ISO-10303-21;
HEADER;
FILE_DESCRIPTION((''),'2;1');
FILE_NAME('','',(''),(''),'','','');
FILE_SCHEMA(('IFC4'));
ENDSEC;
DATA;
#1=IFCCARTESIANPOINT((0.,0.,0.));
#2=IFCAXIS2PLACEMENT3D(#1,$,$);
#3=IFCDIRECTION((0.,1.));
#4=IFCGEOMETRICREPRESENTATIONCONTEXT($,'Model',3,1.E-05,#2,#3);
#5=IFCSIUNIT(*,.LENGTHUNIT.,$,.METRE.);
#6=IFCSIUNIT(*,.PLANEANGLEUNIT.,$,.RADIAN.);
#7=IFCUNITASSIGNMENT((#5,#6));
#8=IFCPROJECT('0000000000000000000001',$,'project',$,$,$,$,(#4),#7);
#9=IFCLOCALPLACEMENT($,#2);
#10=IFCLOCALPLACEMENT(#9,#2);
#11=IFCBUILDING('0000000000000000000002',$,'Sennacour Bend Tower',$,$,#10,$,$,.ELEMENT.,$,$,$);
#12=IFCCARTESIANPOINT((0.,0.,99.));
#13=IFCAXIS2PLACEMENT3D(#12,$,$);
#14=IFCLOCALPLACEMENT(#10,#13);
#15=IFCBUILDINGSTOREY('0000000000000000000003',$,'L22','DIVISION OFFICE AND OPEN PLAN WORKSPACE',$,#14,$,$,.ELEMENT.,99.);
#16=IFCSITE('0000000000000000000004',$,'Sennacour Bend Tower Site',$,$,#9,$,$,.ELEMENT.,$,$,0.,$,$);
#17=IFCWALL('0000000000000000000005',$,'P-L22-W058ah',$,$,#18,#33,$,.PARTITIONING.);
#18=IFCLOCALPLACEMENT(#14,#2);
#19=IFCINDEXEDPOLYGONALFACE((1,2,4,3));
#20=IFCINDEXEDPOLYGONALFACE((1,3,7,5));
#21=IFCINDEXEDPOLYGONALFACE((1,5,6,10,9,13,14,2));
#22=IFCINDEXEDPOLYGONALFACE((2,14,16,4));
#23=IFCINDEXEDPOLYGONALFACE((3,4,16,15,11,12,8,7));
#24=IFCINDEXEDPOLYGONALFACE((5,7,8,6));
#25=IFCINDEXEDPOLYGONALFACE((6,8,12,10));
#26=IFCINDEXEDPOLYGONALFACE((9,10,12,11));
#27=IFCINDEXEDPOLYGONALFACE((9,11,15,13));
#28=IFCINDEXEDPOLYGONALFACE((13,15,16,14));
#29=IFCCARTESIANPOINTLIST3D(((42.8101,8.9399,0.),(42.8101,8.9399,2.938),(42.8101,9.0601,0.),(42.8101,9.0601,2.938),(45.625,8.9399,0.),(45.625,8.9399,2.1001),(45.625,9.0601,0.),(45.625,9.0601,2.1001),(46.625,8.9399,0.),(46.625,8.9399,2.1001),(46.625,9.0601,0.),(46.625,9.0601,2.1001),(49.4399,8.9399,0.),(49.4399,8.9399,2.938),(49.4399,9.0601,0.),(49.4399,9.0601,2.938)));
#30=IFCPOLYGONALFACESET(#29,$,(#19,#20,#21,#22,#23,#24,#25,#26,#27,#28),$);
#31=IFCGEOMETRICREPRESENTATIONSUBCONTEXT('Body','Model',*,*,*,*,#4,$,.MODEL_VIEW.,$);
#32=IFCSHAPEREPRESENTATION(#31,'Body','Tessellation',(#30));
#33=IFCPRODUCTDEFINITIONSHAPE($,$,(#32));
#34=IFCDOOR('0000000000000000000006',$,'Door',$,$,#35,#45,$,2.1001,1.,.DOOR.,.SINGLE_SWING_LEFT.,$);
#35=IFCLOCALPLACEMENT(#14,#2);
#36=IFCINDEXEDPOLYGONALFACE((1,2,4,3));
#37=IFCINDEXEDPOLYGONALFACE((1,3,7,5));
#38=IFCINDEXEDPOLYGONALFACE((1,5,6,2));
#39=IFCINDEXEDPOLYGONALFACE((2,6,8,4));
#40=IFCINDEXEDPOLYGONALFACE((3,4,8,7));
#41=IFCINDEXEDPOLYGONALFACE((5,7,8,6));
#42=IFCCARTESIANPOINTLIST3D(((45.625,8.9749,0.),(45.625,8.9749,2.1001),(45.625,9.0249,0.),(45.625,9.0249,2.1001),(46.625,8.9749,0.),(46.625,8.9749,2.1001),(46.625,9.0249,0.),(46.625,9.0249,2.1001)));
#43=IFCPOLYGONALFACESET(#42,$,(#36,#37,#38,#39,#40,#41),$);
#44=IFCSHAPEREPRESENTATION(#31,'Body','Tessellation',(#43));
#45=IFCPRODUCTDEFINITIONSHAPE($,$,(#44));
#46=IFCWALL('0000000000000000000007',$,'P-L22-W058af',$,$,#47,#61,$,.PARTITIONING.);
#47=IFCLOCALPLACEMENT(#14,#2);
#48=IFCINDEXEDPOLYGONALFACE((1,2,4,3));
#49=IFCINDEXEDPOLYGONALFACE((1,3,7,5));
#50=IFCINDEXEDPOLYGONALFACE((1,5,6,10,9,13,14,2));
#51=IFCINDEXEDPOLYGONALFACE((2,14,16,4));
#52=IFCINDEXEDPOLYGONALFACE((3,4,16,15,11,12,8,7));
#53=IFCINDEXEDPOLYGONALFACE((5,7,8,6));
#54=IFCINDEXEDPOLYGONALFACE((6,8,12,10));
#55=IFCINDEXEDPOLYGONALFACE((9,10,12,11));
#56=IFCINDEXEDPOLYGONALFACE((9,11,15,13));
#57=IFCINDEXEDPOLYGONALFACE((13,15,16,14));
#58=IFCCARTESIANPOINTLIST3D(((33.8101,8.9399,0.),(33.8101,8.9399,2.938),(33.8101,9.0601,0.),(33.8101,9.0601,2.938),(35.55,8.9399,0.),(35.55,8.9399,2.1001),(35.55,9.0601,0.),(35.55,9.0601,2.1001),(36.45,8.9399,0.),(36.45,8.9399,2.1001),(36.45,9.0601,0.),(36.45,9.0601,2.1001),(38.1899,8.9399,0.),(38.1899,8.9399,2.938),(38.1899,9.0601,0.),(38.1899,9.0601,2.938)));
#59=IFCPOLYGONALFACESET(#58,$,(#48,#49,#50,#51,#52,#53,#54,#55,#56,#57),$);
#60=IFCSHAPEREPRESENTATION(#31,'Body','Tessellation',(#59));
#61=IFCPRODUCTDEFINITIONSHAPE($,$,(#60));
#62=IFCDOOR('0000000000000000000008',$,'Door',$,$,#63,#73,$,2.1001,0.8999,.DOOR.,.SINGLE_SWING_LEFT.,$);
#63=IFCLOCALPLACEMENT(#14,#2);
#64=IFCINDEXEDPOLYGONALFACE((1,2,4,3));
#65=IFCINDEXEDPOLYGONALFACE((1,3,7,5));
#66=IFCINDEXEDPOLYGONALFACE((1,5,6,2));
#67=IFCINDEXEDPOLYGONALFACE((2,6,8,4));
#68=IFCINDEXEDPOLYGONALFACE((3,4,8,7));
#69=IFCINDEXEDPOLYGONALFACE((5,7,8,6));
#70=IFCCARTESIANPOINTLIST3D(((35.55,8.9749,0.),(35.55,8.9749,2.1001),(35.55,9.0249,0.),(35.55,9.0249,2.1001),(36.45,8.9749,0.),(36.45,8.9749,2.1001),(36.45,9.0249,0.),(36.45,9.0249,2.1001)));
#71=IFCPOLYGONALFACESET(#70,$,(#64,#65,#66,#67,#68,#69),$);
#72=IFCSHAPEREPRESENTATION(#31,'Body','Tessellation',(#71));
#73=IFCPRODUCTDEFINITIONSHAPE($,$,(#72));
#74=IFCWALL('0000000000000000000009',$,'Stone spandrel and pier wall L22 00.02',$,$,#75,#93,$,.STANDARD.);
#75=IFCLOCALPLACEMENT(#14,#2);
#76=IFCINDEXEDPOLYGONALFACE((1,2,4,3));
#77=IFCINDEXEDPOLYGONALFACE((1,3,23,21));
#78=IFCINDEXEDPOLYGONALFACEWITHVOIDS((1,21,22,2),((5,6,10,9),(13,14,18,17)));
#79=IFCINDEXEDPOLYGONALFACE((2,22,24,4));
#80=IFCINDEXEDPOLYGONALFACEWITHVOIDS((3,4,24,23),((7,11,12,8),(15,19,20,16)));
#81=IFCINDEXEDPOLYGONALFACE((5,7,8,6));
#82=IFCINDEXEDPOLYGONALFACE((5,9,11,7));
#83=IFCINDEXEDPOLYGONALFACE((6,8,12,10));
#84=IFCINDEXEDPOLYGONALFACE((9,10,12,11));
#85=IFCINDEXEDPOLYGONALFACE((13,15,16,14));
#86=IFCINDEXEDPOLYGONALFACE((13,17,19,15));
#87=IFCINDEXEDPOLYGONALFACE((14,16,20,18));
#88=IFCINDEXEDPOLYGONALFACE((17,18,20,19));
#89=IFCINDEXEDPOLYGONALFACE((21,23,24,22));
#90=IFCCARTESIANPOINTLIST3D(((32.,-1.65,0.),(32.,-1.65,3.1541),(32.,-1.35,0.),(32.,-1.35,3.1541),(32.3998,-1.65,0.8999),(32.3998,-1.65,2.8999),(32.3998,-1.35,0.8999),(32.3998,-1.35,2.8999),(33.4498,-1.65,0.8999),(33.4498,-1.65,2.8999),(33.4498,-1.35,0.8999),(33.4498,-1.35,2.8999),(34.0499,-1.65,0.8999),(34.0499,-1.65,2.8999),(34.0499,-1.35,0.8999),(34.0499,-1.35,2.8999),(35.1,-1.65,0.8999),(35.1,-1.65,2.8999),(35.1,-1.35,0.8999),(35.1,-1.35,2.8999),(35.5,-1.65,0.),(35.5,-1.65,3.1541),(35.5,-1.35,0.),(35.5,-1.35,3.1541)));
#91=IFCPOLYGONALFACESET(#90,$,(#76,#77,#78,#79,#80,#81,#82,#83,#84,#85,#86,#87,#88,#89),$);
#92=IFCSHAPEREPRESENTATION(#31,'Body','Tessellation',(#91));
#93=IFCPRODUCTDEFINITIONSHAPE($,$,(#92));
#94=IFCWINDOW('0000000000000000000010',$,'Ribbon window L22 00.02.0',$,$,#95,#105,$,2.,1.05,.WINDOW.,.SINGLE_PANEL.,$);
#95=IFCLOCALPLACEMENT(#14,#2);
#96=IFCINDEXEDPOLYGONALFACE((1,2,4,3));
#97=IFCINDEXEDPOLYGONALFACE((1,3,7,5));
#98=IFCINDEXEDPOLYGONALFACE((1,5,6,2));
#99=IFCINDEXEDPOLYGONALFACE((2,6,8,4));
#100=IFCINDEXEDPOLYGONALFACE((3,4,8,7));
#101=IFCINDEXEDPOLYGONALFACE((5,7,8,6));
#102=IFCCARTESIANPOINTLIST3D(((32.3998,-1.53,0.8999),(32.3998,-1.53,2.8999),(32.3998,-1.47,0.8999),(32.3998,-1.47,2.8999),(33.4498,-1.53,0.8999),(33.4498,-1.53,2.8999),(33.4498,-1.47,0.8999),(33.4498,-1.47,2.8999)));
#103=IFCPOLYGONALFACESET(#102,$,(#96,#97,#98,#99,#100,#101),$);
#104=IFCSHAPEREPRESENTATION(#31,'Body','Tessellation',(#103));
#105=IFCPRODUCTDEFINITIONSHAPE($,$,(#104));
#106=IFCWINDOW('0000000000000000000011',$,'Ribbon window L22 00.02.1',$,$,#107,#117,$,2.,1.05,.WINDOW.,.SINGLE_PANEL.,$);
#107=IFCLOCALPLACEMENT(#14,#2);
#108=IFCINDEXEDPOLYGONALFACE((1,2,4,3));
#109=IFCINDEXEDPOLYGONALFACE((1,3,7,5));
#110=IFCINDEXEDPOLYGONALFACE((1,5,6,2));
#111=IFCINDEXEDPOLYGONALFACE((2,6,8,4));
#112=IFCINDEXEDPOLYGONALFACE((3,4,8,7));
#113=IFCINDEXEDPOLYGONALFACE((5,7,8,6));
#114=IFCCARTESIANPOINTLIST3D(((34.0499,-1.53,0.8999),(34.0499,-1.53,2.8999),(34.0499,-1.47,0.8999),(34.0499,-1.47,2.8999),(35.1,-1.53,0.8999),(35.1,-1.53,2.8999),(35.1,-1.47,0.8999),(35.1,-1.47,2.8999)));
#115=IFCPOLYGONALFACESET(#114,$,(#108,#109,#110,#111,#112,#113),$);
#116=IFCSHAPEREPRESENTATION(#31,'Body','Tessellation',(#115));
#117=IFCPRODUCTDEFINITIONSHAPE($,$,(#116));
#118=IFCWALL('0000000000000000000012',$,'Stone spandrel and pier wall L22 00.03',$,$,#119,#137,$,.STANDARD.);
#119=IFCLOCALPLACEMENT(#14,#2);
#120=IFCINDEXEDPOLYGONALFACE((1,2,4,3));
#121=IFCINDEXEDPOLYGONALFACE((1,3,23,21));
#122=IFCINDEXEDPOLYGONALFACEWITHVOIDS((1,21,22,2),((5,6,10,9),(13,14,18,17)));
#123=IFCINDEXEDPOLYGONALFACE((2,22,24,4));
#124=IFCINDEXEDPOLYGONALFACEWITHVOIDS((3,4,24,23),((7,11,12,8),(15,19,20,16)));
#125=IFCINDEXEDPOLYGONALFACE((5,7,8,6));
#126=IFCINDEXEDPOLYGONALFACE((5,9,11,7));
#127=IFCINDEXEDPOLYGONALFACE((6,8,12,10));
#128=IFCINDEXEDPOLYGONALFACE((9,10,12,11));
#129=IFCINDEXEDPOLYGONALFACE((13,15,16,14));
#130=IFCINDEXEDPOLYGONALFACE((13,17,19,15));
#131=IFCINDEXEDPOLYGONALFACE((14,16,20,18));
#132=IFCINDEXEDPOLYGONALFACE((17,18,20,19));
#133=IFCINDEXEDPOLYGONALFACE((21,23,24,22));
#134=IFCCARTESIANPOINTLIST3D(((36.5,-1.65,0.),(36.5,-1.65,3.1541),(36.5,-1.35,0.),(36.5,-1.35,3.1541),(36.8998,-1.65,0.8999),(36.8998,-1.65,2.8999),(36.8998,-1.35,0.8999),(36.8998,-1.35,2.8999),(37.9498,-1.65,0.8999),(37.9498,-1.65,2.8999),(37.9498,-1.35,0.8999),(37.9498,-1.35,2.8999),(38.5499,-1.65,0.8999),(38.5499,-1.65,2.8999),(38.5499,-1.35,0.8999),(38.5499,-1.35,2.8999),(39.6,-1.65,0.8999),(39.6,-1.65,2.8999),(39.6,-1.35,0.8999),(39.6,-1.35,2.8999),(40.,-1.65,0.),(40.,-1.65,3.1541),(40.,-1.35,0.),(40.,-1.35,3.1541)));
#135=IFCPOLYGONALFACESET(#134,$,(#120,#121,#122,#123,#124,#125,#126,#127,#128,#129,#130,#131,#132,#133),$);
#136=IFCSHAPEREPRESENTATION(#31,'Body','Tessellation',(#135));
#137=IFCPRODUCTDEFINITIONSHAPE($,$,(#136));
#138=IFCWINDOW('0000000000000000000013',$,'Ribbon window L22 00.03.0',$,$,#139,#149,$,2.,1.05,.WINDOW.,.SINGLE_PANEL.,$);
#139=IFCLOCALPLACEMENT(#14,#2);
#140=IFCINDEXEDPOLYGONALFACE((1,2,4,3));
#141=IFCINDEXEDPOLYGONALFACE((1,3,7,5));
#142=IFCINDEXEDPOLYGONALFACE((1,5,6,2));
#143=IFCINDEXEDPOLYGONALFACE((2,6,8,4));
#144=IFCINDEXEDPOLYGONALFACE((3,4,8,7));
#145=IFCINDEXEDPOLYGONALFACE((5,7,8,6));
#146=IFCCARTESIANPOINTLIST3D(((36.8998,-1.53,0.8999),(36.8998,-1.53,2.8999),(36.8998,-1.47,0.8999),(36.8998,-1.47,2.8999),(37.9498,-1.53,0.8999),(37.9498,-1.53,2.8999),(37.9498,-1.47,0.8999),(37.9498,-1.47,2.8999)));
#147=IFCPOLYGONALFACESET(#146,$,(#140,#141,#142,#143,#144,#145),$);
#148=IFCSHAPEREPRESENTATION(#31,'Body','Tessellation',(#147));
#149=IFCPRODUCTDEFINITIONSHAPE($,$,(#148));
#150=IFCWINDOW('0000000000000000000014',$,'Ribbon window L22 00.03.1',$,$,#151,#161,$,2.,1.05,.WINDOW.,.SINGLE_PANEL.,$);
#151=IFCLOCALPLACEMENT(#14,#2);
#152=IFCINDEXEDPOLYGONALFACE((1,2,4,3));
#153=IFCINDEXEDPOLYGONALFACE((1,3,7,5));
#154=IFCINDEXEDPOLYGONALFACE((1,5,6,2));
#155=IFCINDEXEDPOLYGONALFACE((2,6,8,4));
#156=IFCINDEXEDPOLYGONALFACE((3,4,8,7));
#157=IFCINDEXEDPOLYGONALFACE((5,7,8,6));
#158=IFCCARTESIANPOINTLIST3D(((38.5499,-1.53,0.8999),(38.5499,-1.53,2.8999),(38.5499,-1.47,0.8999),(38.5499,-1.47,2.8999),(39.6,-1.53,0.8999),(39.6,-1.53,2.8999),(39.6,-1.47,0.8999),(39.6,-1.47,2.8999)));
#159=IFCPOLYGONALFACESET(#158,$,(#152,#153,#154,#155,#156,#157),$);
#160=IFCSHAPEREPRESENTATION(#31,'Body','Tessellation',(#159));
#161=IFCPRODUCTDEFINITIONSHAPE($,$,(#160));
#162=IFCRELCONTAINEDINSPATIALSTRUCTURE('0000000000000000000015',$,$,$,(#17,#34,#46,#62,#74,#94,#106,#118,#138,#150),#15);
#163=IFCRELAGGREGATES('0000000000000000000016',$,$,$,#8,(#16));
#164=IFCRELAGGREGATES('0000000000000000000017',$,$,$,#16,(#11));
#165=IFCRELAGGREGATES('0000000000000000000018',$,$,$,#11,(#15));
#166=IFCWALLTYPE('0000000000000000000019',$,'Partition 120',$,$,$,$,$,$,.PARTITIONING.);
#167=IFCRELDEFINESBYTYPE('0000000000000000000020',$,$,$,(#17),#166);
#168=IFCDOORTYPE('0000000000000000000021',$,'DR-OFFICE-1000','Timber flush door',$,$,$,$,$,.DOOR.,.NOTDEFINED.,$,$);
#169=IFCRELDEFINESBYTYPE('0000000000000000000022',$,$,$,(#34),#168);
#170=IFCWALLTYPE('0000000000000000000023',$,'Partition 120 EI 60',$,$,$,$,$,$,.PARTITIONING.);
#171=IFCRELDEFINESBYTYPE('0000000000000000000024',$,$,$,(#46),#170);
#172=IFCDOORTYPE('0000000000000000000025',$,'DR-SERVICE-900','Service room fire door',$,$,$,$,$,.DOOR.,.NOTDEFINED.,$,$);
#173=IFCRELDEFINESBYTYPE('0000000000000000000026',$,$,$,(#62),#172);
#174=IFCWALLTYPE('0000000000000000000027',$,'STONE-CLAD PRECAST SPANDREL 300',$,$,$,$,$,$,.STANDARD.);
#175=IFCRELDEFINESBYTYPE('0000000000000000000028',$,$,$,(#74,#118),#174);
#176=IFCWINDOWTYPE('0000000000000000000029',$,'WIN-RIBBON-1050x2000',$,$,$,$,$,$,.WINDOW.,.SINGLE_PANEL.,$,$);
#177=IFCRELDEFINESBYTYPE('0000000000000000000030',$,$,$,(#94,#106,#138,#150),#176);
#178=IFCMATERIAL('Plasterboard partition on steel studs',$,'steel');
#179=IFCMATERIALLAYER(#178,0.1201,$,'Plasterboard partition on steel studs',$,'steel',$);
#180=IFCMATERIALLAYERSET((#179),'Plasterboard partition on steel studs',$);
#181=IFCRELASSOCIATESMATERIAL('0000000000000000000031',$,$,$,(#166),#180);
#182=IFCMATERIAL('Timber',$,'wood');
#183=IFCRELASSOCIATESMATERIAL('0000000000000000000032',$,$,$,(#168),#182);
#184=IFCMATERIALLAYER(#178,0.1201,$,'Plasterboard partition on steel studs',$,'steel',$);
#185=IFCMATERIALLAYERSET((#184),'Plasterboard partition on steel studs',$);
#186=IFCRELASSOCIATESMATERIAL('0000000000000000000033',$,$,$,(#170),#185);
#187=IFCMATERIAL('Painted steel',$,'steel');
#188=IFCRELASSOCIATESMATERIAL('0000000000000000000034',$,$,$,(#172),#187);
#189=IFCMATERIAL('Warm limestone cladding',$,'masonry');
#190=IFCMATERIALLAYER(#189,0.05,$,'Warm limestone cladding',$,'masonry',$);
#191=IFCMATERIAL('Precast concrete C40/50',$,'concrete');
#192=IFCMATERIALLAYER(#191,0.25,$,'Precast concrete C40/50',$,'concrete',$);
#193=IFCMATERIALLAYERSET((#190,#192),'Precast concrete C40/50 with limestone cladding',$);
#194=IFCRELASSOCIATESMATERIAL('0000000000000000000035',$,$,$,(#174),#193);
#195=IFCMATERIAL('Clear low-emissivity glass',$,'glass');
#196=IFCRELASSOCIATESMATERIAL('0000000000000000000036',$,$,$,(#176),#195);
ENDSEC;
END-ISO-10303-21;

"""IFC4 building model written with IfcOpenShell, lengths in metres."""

from ifc_helpers import new_model, si_unit, direction, frame, frame_2d, origin, place, context, subcontext, project, spatial, rectangle, extrude, material, layer, layer_set, type_object, element, fill, save


model = new_model("IFC4")

# Units and contexts
model_context = context("Model", 3, precision=1e-05, world=origin(), true_north=direction((0.0, 1.0)))
body_context = subcontext(model_context, "Body", "Model", "MODEL_VIEW")
ifc_project = project(units=[si_unit("LENGTHUNIT", "METRE"), si_unit("PLANEANGLEUNIT", "RADIAN")], contexts=[model_context])

# Site, building, storey
site_placement = place(None, origin())
site = spatial("IfcSite", under=ifc_project, at=site_placement, Name="Sennacour Bend Tower Site", CompositionType="ELEMENT", RefElevation=0.0)
building_placement = place(site_placement, origin())
building = spatial("IfcBuilding", under=site, at=building_placement, Name="Sennacour Bend Tower", CompositionType="ELEMENT")
storey_placement = place(building_placement, frame((0.0, 0.0, 99.0)))
storey = spatial("IfcBuildingStorey", under=building, at=storey_placement, Name="L22", Description="DIVISION OFFICE AND OPEN PLAN WORKSPACE", CompositionType="ELEMENT", Elevation=99.0)

# Shared definitions
ifc_material_1 = material(Name="Plasterboard partition on steel studs", Category="steel")
ifc_layer_1 = layer(ifc_material_1, 0.1201, Name="Plasterboard partition on steel studs", Category="steel")
ifc_layer_set_1 = layer_set([ifc_layer_1], Name="Plasterboard partition on steel studs")
wall_type_1 = type_object("IfcWallType", Name="Partition 120", PredefinedType="PARTITIONING", material=ifc_layer_set_1)

# Walls, openings, doors
ifc_material_2 = material(Name="Timber", Category="wood")
door_type_1 = type_object("IfcDoorType", Name="DR-OFFICE-1000", Description="Timber flush door", OperationType="NOTDEFINED", PredefinedType="DOOR", material=ifc_material_2)
wall_1_placement = place(storey_placement, frame((42.8101, 9.0, 0.0), z_axis=(0.0, 0.0, 1.0), x_axis=(1.0, 0.0, 0.0)))
wall_1 = element("IfcWall", 1, at=wall_1_placement, inside=storey, type_object=wall_type_1, Name="P-L22-W058ah", PredefinedType="PARTITIONING", context=body_context, shape_type="SweptSolid", body=[
    extrude(rectangle(XDim=6.6299, YDim=0.1201, at=frame_2d((3.3149, 0.0))), origin(), (0.0, 0.0, 1.0), 2.938),
])
opening_1_placement = place(wall_1_placement, frame((2.8149, 0.0, 0.0)))
opening_1 = element("IfcOpeningElement", 2, at=opening_1_placement, cuts=wall_1, PredefinedType="OPENING", context=body_context, shape_type="SweptSolid", body=[
    extrude(rectangle(XDim=1.0, YDim=2.1001, at=frame_2d((0.5, 1.05))), frame((0.0, 0.0701, 0.0), z_axis=(0.0, -1.0, 0.0), x_axis=(1.0, 0.0, 0.0)), (0.0, 0.0, 1.0), 0.1401),
])
door_1_placement = place(opening_1_placement, origin())
door_1 = element("IfcDoor", 3, at=door_1_placement, inside=storey, type_object=door_type_1, Name="Door", OperationType="SINGLE_SWING_LEFT", OverallHeight=2.1001, OverallWidth=1.0, PredefinedType="DOOR", context=body_context, shape_type="SweptSolid", body=[
    extrude(rectangle(XDim=1.0, YDim=2.1001, at=frame_2d((0.5, 1.05))), frame((0.0, 0.0249, 0.0), z_axis=(0.0, -1.0, 0.0), x_axis=(1.0, 0.0, 0.0)), (0.0, 0.0, 1.0), 0.05),
])
fill(opening_1, door_1)
ifc_layer_2 = layer(ifc_material_1, 0.1201, Name="Plasterboard partition on steel studs", Category="steel")
ifc_layer_set_2 = layer_set([ifc_layer_2], Name="Plasterboard partition on steel studs")
wall_type_2 = type_object("IfcWallType", Name="Partition 120 EI 60", PredefinedType="PARTITIONING", material=ifc_layer_set_2)
wall_2_placement = place(storey_placement, frame((33.8101, 9.0, 0.0), z_axis=(0.0, 0.0, 1.0), x_axis=(1.0, 0.0, 0.0)))
wall_2 = element("IfcWall", 4, at=wall_2_placement, inside=storey, type_object=wall_type_2, Name="P-L22-W058af", PredefinedType="PARTITIONING", context=body_context, shape_type="SweptSolid", body=[
    extrude(rectangle(XDim=4.3799, YDim=0.1201, at=frame_2d((2.1899, 0.0))), origin(), (0.0, 0.0, 1.0), 2.938),
])
opening_2_placement = place(wall_2_placement, frame((1.74, 0.0, 0.0)))
opening_2 = element("IfcOpeningElement", 5, at=opening_2_placement, cuts=wall_2, PredefinedType="OPENING", context=body_context, shape_type="SweptSolid", body=[
    extrude(rectangle(XDim=0.8999, YDim=2.1001, at=frame_2d((0.45, 1.05))), frame((0.0, 0.0701, 0.0), z_axis=(0.0, -1.0, 0.0), x_axis=(1.0, 0.0, 0.0)), (0.0, 0.0, 1.0), 0.1401),
])
ifc_material_3 = material(Name="Painted steel", Category="steel")
door_type_2 = type_object("IfcDoorType", Name="DR-SERVICE-900", Description="Service room fire door", OperationType="NOTDEFINED", PredefinedType="DOOR", material=ifc_material_3)
door_2_placement = place(opening_2_placement, origin())
door_2 = element("IfcDoor", 6, at=door_2_placement, inside=storey, type_object=door_type_2, Name="Door", OperationType="SINGLE_SWING_LEFT", OverallHeight=2.1001, OverallWidth=0.8999, PredefinedType="DOOR", context=body_context, shape_type="SweptSolid", body=[
    extrude(rectangle(XDim=0.8999, YDim=2.1001, at=frame_2d((0.45, 1.05))), frame((0.0, 0.0249, 0.0), z_axis=(0.0, -1.0, 0.0), x_axis=(1.0, 0.0, 0.0)), (0.0, 0.0, 1.0), 0.05),
])
fill(opening_2, door_2)

# Walls, openings, windows
ifc_material_4 = material(Name="Warm limestone cladding", Category="masonry")
ifc_layer_3 = layer(ifc_material_4, 0.05, Name="Warm limestone cladding", Category="masonry")
ifc_material_5 = material(Name="Precast concrete C40/50", Category="concrete")
ifc_layer_4 = layer(ifc_material_5, 0.25, Name="Precast concrete C40/50", Category="concrete")
ifc_layer_set_3 = layer_set([ifc_layer_3, ifc_layer_4], Name="Precast concrete C40/50 with limestone cladding")
wall_type_3 = type_object("IfcWallType", Name="STONE-CLAD PRECAST SPANDREL 300", PredefinedType="STANDARD", material=ifc_layer_set_3)
wall_3_placement = place(storey_placement, frame((32.0, -1.5, 0.0), z_axis=(0.0, 0.0, 1.0), x_axis=(1.0, 0.0, 0.0)))
wall_3 = element("IfcWall", 7, at=wall_3_placement, inside=storey, type_object=wall_type_3, Name="Stone spandrel and pier wall L22 00.02", PredefinedType="STANDARD", context=body_context, shape_type="SweptSolid", body=[
    extrude(rectangle(XDim=3.5, YDim=0.3, at=frame_2d((1.75, 0.0))), origin(), (0.0, 0.0, 1.0), 3.1541),
])
opening_3_placement = place(wall_3_placement, frame((0.3999, 0.0, 0.8999)))
opening_3 = element("IfcOpeningElement", 8, at=opening_3_placement, cuts=wall_3, PredefinedType="OPENING", context=body_context, shape_type="SweptSolid", body=[
    extrude(rectangle(XDim=1.05, YDim=2.0, at=frame_2d((0.5249, 1.0))), frame((0.0, 0.1602, 0.0), z_axis=(0.0, -1.0, 0.0), x_axis=(1.0, 0.0, 0.0)), (0.0, 0.0, 1.0), 0.3201),
])
opening_4_placement = place(wall_3_placement, frame((2.05, 0.0, 0.8999)))
opening_4 = element("IfcOpeningElement", 9, at=opening_4_placement, cuts=wall_3, PredefinedType="OPENING", context=body_context, shape_type="SweptSolid", body=[
    extrude(rectangle(XDim=1.05, YDim=2.0, at=frame_2d((0.5249, 1.0))), frame((0.0, 0.1602, 0.0), z_axis=(0.0, -1.0, 0.0), x_axis=(1.0, 0.0, 0.0)), (0.0, 0.0, 1.0), 0.3201),
])
ifc_material_6 = material(Name="Clear low-emissivity glass", Category="glass")
window_type = type_object("IfcWindowType", Name="WIN-RIBBON-1050x2000", PartitioningType="SINGLE_PANEL", PredefinedType="WINDOW", material=ifc_material_6)
window_1_placement = place(opening_3_placement, origin())
window_1 = element("IfcWindow", 10, at=window_1_placement, inside=storey, type_object=window_type, Name="Ribbon window L22 00.02.0", OverallHeight=2.0, OverallWidth=1.05, PartitioningType="SINGLE_PANEL", PredefinedType="WINDOW", context=body_context, shape_type="SweptSolid", body=[
    extrude(rectangle(XDim=1.05, YDim=2.0, at=frame_2d((0.5249, 1.0))), frame((0.0, 0.03, 0.0), z_axis=(0.0, -1.0, 0.0), x_axis=(1.0, 0.0, 0.0)), (0.0, 0.0, 1.0), 0.0601),
])
fill(opening_3, window_1)
window_2_placement = place(opening_4_placement, origin())
window_2 = element("IfcWindow", 11, at=window_2_placement, inside=storey, type_object=window_type, Name="Ribbon window L22 00.02.1", OverallHeight=2.0, OverallWidth=1.05, PartitioningType="SINGLE_PANEL", PredefinedType="WINDOW", context=body_context, shape_type="SweptSolid", body=[
    extrude(rectangle(XDim=1.05, YDim=2.0, at=frame_2d((0.5249, 1.0))), frame((0.0, 0.03, 0.0), z_axis=(0.0, -1.0, 0.0), x_axis=(1.0, 0.0, 0.0)), (0.0, 0.0, 1.0), 0.0601),
])
fill(opening_4, window_2)
wall_4_placement = place(storey_placement, frame((36.5, -1.5, 0.0), z_axis=(0.0, 0.0, 1.0), x_axis=(1.0, 0.0, 0.0)))
wall_4 = element("IfcWall", 12, at=wall_4_placement, inside=storey, type_object=wall_type_3, Name="Stone spandrel and pier wall L22 00.03", PredefinedType="STANDARD", context=body_context, shape_type="SweptSolid", body=[
    extrude(rectangle(XDim=3.5, YDim=0.3, at=frame_2d((1.75, 0.0))), origin(), (0.0, 0.0, 1.0), 3.1541),
])
opening_5_placement = place(wall_4_placement, frame((0.3999, 0.0, 0.8999)))
opening_5 = element("IfcOpeningElement", 13, at=opening_5_placement, cuts=wall_4, PredefinedType="OPENING", context=body_context, shape_type="SweptSolid", body=[
    extrude(rectangle(XDim=1.05, YDim=2.0, at=frame_2d((0.5249, 1.0))), frame((0.0, 0.1602, 0.0), z_axis=(0.0, -1.0, 0.0), x_axis=(1.0, 0.0, 0.0)), (0.0, 0.0, 1.0), 0.3201),
])
opening_6_placement = place(wall_4_placement, frame((2.05, 0.0, 0.8999)))
opening_6 = element("IfcOpeningElement", 14, at=opening_6_placement, cuts=wall_4, PredefinedType="OPENING", context=body_context, shape_type="SweptSolid", body=[
    extrude(rectangle(XDim=1.05, YDim=2.0, at=frame_2d((0.5249, 1.0))), frame((0.0, 0.1602, 0.0), z_axis=(0.0, -1.0, 0.0), x_axis=(1.0, 0.0, 0.0)), (0.0, 0.0, 1.0), 0.3201),
])
window_3_placement = place(opening_5_placement, origin())
window_3 = element("IfcWindow", 15, at=window_3_placement, inside=storey, type_object=window_type, Name="Ribbon window L22 00.03.0", OverallHeight=2.0, OverallWidth=1.05, PartitioningType="SINGLE_PANEL", PredefinedType="WINDOW", context=body_context, shape_type="SweptSolid", body=[
    extrude(rectangle(XDim=1.05, YDim=2.0, at=frame_2d((0.5249, 1.0))), frame((0.0, 0.03, 0.0), z_axis=(0.0, -1.0, 0.0), x_axis=(1.0, 0.0, 0.0)), (0.0, 0.0, 1.0), 0.0601),
])
fill(opening_5, window_3)
window_4_placement = place(opening_6_placement, origin())
window_4 = element("IfcWindow", 16, at=window_4_placement, inside=storey, type_object=window_type, Name="Ribbon window L22 00.03.1", OverallHeight=2.0, OverallWidth=1.05, PartitioningType="SINGLE_PANEL", PredefinedType="WINDOW", context=body_context, shape_type="SweptSolid", body=[
    extrude(rectangle(XDim=1.05, YDim=2.0, at=frame_2d((0.5249, 1.0))), frame((0.0, 0.03, 0.0), z_axis=(0.0, -1.0, 0.0), x_axis=(1.0, 0.0, 0.0)), (0.0, 0.0, 1.0), 0.0601),
])
fill(opening_6, window_4)

save(model, "model.ifc")
